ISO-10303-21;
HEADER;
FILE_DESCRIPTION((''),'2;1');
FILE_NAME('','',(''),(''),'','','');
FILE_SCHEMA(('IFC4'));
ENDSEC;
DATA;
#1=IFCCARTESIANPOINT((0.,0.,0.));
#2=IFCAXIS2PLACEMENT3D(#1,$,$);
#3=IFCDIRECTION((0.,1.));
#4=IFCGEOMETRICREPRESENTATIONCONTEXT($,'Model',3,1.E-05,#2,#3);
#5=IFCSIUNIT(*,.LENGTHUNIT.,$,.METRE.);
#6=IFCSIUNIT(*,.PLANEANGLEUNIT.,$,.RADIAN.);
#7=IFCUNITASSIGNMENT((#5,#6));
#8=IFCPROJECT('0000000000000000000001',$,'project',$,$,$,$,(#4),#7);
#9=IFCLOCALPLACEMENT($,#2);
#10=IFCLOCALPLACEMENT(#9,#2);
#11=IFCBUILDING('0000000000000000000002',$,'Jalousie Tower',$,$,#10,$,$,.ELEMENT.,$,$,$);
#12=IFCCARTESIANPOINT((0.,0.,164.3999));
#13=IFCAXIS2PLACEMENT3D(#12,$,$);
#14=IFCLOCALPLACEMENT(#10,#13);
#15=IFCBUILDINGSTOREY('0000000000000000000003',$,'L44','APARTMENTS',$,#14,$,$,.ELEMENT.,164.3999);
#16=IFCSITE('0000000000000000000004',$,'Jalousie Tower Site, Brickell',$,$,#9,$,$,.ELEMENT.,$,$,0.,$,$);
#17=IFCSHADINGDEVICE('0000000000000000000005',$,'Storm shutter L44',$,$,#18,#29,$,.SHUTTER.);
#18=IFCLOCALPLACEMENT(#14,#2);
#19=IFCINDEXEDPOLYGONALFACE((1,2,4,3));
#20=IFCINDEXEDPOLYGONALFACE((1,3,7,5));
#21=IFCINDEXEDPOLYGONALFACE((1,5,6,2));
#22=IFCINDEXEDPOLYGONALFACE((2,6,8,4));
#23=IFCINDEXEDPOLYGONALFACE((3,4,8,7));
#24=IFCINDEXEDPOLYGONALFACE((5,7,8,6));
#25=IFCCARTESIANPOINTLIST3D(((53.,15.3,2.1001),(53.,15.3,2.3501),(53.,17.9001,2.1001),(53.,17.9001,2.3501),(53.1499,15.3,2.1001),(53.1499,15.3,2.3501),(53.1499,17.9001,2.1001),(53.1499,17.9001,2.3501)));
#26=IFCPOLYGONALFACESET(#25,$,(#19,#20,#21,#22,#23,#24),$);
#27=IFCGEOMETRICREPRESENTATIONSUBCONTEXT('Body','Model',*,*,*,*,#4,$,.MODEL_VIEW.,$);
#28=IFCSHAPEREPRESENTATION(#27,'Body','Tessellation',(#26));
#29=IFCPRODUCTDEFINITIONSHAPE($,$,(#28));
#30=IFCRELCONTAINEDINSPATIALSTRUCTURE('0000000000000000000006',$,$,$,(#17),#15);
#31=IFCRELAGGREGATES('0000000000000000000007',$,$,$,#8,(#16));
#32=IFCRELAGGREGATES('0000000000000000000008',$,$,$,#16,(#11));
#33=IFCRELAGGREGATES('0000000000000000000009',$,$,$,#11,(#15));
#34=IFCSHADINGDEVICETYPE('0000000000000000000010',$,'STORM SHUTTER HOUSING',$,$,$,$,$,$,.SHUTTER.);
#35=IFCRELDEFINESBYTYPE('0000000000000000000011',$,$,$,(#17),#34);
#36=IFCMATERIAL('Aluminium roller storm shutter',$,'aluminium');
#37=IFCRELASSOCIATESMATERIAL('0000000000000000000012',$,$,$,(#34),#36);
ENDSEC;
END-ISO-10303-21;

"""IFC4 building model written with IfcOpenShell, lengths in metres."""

from ifc_helpers import new_model, si_unit, direction, frame, origin, origin_2d, place, context, subcontext, project, spatial, rectangle, extrude, material, type_object, element, save


model = new_model("IFC4")

# Units and contexts
model_context = context("Model", 3, precision=1e-05, world=origin(), true_north=direction((0.0, 1.0)))
body_context = subcontext(model_context, "Body", "Model", "MODEL_VIEW")
ifc_project = project(units=[si_unit("LENGTHUNIT", "METRE"), si_unit("PLANEANGLEUNIT", "RADIAN")], contexts=[model_context])

# Site, building, storey
site_placement = place(None, origin())
site = spatial("IfcSite", under=ifc_project, at=site_placement, Name="Jalousie Tower Site, Brickell", CompositionType="ELEMENT", RefElevation=0.0)
building_placement = place(site_placement, origin())
building = spatial("IfcBuilding", under=site, at=building_placement, Name="Jalousie Tower", CompositionType="ELEMENT")
storey_placement = place(building_placement, frame((0.0, 0.0, 164.3999)))
storey = spatial("IfcBuildingStorey", under=building, at=storey_placement, Name="L44", Description="APARTMENTS", CompositionType="ELEMENT", Elevation=164.3999)

# Shading device
ifc_material_1 = material(Name="Aluminium roller storm shutter", Category="aluminium")
shading_device_type = type_object("IfcShadingDeviceType", Name="STORM SHUTTER HOUSING", PredefinedType="SHUTTER", material=ifc_material_1)
shading_device_placement = place(storey_placement, frame((53.075, 16.6001, 2.1001), z_axis=(0.0, 0.0, 1.0), x_axis=(0.0, 1.0, 0.0)))
element("IfcShadingDevice", 1, at=shading_device_placement, inside=storey, type_object=shading_device_type, Name="Storm shutter L44", PredefinedType="SHUTTER", context=body_context, shape_type="SweptSolid", body=[
    extrude(rectangle(XDim=2.6001, YDim=0.1499, at=origin_2d()), origin(), (0.0, 0.0, 1.0), 0.25),
])

save(model, "model.ifc")
